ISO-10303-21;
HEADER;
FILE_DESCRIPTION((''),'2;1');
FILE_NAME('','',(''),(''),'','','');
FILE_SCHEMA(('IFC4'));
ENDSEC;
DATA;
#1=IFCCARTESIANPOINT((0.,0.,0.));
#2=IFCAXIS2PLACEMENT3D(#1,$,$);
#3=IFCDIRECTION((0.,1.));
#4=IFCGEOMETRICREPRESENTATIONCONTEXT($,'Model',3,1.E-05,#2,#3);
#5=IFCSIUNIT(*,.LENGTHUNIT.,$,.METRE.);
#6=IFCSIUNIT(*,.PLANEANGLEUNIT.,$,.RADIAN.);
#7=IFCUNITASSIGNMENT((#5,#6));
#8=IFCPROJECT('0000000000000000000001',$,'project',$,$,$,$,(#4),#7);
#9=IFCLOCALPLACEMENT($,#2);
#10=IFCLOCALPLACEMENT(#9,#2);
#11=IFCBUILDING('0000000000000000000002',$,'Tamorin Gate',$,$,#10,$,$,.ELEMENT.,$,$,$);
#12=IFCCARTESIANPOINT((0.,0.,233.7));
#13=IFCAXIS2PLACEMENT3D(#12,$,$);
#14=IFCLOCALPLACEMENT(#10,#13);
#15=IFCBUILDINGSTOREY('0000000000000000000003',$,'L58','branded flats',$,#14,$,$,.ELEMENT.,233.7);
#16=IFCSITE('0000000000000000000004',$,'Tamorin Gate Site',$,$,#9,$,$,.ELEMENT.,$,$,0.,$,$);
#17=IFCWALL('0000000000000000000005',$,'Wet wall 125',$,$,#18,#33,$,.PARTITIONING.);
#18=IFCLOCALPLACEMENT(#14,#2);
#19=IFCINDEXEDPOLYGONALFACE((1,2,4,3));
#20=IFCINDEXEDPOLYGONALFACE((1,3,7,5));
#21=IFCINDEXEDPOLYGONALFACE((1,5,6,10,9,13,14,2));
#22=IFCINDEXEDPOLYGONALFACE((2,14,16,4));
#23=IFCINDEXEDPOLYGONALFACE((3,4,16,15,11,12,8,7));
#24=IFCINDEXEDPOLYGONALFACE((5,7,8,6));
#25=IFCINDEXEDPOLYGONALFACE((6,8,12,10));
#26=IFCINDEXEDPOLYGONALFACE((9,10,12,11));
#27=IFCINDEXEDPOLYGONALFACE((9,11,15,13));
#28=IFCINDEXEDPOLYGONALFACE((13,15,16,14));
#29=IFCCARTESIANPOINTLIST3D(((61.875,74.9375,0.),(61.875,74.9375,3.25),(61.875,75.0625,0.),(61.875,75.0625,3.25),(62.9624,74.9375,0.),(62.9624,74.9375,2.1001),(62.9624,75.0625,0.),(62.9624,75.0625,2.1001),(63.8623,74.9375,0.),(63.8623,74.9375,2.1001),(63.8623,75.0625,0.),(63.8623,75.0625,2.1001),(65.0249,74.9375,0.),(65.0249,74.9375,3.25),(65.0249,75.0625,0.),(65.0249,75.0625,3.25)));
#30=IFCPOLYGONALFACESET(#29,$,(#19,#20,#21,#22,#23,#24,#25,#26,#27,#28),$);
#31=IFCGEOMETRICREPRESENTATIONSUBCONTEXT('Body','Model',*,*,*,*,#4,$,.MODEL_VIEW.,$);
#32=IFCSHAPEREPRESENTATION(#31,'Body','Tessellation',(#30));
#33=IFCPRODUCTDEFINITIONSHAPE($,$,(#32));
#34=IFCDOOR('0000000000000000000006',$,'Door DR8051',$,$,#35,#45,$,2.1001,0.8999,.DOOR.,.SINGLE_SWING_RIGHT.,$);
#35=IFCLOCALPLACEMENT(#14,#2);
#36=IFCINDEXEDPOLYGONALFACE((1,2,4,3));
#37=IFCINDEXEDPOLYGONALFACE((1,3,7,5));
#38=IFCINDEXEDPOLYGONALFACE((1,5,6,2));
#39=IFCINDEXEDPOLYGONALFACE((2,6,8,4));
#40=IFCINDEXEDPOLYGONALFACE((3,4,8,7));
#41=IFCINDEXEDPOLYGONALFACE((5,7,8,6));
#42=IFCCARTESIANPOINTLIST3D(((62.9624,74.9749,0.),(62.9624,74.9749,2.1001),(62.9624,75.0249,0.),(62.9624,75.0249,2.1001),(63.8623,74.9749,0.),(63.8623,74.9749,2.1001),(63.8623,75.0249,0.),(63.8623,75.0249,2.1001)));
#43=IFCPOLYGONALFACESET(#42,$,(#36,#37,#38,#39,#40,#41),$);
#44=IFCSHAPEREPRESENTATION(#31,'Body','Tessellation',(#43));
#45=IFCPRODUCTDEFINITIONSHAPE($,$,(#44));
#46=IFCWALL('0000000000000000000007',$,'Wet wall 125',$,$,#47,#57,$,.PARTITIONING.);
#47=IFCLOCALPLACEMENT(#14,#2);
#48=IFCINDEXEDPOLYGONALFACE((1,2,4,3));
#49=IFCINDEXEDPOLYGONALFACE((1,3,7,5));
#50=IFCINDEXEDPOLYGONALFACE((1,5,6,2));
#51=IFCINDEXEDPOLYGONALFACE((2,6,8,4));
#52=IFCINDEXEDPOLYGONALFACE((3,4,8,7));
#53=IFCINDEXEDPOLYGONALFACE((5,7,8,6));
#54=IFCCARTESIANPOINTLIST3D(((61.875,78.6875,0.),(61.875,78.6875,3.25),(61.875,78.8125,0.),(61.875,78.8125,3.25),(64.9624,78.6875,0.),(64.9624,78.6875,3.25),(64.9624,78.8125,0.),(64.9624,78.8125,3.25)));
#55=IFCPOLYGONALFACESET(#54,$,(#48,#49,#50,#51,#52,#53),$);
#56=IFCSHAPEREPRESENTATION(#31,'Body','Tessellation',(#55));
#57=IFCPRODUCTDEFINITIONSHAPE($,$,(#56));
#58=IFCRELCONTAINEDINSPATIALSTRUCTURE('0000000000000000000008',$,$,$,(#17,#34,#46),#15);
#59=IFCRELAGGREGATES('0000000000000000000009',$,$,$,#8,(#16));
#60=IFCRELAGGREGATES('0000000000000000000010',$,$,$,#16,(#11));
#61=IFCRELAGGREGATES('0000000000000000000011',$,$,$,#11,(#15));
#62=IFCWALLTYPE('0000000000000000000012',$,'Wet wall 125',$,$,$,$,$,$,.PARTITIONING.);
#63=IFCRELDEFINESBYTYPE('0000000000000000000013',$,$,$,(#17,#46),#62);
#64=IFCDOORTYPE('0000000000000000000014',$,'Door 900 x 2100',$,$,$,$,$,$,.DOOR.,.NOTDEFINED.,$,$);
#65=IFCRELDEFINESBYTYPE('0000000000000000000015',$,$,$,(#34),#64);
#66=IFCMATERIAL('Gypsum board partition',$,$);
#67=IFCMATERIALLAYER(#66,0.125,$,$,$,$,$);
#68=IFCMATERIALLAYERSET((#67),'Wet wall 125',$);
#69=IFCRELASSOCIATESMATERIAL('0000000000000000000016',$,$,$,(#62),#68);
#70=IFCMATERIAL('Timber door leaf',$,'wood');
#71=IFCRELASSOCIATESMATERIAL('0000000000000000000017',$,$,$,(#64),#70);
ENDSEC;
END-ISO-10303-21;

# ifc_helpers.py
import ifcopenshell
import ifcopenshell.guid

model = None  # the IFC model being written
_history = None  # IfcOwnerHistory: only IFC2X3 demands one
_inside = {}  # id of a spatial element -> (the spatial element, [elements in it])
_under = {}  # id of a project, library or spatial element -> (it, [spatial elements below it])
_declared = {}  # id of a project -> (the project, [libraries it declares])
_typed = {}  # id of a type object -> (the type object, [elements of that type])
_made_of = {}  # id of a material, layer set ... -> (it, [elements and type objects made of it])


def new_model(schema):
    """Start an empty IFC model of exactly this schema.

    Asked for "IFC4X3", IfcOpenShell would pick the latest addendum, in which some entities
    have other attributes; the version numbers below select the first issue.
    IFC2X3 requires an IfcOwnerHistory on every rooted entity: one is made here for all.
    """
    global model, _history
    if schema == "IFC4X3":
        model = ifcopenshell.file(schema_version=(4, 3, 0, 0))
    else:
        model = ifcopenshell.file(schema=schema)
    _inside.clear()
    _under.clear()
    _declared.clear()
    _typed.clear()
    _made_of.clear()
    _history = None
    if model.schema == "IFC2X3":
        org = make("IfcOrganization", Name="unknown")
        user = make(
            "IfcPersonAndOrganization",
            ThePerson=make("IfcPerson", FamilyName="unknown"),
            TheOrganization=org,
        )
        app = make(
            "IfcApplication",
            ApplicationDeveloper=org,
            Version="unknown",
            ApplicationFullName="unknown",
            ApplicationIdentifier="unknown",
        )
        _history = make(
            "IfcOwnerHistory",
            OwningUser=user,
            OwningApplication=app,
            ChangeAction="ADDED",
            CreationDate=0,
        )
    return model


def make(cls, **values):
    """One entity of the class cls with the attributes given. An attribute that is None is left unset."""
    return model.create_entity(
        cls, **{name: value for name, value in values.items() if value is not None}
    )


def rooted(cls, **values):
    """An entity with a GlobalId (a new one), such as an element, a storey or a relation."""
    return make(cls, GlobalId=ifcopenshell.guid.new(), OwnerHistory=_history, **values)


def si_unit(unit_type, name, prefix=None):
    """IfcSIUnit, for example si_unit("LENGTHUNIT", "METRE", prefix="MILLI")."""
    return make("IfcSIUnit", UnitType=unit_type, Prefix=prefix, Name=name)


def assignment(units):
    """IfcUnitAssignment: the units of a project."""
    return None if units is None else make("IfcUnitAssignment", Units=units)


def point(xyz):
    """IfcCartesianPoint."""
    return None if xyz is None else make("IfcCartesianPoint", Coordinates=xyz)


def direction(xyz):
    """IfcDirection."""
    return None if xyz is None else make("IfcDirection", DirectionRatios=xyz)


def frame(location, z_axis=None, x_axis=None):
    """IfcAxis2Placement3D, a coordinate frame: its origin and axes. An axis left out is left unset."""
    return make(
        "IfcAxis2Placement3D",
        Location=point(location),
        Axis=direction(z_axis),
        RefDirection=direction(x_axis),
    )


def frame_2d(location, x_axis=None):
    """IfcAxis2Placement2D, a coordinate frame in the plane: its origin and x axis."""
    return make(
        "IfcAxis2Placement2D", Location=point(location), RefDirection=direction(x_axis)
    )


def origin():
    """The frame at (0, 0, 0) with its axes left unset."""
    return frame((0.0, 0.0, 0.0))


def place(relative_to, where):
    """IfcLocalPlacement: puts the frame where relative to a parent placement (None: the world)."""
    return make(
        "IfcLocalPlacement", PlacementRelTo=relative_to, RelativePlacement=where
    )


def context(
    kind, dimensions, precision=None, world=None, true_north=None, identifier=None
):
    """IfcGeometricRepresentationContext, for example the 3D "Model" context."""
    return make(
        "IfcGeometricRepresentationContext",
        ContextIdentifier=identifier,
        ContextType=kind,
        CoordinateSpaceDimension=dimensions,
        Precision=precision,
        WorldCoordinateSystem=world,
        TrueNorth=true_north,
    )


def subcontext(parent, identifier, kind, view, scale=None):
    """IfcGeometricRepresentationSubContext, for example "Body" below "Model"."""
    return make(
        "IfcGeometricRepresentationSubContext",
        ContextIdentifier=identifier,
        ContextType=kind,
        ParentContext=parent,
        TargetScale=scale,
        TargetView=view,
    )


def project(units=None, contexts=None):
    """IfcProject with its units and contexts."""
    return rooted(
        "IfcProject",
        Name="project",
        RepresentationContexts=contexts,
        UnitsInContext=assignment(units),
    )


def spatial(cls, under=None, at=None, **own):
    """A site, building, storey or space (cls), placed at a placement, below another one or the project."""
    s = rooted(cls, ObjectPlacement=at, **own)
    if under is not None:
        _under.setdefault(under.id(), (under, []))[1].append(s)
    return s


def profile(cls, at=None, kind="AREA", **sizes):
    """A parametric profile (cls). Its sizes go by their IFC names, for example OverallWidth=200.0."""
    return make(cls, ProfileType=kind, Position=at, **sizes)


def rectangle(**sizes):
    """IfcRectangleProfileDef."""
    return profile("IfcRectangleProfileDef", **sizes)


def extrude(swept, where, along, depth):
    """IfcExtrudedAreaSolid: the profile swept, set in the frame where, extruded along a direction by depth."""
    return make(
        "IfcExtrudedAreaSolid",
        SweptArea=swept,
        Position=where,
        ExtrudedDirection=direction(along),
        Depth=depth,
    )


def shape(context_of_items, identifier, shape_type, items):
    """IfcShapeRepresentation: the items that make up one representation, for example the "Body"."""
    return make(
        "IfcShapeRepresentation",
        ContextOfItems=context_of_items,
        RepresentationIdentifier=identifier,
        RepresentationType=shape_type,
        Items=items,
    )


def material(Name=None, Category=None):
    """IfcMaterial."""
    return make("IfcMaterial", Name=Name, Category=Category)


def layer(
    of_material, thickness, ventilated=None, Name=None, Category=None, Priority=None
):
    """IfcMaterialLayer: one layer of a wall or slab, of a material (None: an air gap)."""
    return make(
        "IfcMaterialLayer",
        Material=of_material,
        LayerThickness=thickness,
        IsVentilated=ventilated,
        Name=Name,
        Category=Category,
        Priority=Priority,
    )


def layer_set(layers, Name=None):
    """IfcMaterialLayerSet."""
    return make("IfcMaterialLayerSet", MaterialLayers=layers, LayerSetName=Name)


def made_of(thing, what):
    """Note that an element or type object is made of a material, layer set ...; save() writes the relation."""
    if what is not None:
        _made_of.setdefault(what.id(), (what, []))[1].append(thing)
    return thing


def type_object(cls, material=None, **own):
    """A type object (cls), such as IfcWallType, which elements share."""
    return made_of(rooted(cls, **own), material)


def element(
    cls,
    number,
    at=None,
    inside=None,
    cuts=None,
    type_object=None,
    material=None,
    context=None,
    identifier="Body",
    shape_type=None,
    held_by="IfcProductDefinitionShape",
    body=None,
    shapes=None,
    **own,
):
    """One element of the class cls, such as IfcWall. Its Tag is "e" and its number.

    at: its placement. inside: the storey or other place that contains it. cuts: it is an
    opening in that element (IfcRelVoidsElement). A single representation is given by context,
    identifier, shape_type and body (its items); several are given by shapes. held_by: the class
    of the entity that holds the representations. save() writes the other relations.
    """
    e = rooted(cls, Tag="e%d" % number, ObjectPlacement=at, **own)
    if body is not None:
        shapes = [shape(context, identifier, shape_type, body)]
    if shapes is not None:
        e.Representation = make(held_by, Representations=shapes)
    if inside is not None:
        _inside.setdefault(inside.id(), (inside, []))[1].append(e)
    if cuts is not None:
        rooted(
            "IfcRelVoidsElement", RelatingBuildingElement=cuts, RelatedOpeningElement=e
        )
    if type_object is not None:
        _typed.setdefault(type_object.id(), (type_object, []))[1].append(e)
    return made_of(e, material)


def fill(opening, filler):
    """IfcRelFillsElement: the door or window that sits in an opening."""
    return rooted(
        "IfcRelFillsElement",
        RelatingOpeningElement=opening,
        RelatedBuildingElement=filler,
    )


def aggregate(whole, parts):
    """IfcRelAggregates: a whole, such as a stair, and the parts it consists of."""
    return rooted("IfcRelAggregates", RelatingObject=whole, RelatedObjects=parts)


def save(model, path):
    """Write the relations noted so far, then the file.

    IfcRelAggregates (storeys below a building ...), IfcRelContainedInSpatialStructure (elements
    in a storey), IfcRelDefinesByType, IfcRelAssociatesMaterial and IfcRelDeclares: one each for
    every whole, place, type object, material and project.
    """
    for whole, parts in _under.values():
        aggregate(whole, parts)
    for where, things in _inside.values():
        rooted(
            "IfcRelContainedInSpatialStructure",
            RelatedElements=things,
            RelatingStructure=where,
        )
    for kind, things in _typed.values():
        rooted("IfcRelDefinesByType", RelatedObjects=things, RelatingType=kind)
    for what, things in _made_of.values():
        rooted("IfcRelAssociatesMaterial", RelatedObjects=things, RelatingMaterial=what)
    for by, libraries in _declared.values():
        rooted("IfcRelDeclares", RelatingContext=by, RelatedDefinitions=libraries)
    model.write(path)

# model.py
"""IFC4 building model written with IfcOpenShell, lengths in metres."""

from ifc_helpers import new_model, si_unit, direction, frame, frame_2d, origin, place, context, subcontext, project, spatial, rectangle, extrude, material, layer, layer_set, type_object, element, fill, save


model = new_model("IFC4")

# Units and contexts
model_context = context("Model", 3, precision=1e-05, world=origin(), true_north=direction((0.0, 1.0)))
body_context = subcontext(model_context, "Body", "Model", "MODEL_VIEW")
ifc_project = project(units=[si_unit("LENGTHUNIT", "METRE"), si_unit("PLANEANGLEUNIT", "RADIAN")], contexts=[model_context])

# Site, building, storey
site_placement = place(None, origin())
site = spatial("IfcSite", under=ifc_project, at=site_placement, Name="Tamorin Gate Site", CompositionType="ELEMENT", RefElevation=0.0)
building_placement = place(site_placement, origin())
building = spatial("IfcBuilding", under=site, at=building_placement, Name="Tamorin Gate", CompositionType="ELEMENT")
storey_placement = place(building_placement, frame((0.0, 0.0, 233.7)))
storey = spatial("IfcBuildingStorey", under=building, at=storey_placement, Name="L58", Description="branded flats", CompositionType="ELEMENT", Elevation=233.7)

# Shared definitions
ifc_material_1 = material(Name="Gypsum board partition")

# Shared definitions
ifc_layer_1 = layer(ifc_material_1, 0.125)
ifc_layer_set_1 = layer_set([ifc_layer_1], Name="Wet wall 125")
wall_type_1 = type_object("IfcWallType", Name="Wet wall 125", PredefinedType="PARTITIONING", material=ifc_layer_set_1)

# Wall, opening, door
wall_1_placement = place(storey_placement, frame((61.875, 75.0, 0.0), z_axis=(0.0, 0.0, 1.0), x_axis=(1.0, 0.0, 0.0)))
wall_1 = element("IfcWall", 1, at=wall_1_placement, inside=storey, type_object=wall_type_1, Name="Wet wall 125", PredefinedType="PARTITIONING", context=body_context, shape_type="SweptSolid", body=[
    extrude(rectangle(XDim=3.1499, YDim=0.125, at=frame_2d((1.575, 0.0))), origin(), (0.0, 0.0, 1.0), 3.25),
])
opening_1_placement = place(wall_1_placement, frame((1.0874, 0.0, 0.0)))
opening_1 = element("IfcOpeningElement", 2, at=opening_1_placement, cuts=wall_1, PredefinedType="OPENING", context=body_context, shape_type="SweptSolid", body=[
    extrude(rectangle(XDim=0.8999, YDim=2.1001, at=frame_2d((0.45, 1.05))), frame((0.0, 0.0725, 0.0), z_axis=(0.0, -1.0, 0.0), x_axis=(1.0, 0.0, 0.0)), (0.0, 0.0, 1.0), 0.145),
])
ifc_material_2 = material(Name="Timber door leaf", Category="wood")
door_type_1 = type_object("IfcDoorType", Name="Door 900 x 2100", OperationType="NOTDEFINED", PredefinedType="DOOR", material=ifc_material_2)
door_1_placement = place(opening_1_placement, origin())
door_1 = element("IfcDoor", 3, at=door_1_placement, inside=storey, type_object=door_type_1, Name="Door DR8051", OperationType="SINGLE_SWING_RIGHT", OverallHeight=2.1001, OverallWidth=0.8999, PredefinedType="DOOR", context=body_context, shape_type="SweptSolid", body=[
    extrude(rectangle(XDim=0.8999, YDim=2.1001, at=frame_2d((0.45, 1.05))), frame((0.0, 0.0249, 0.0), z_axis=(0.0, -1.0, 0.0), x_axis=(1.0, 0.0, 0.0)), (0.0, 0.0, 1.0), 0.05),
])
fill(opening_1, door_1)

# Wall
wall_2_placement = place(storey_placement, frame((61.875, 78.75, 0.0), z_axis=(0.0, 0.0, 1.0), x_axis=(1.0, 0.0, 0.0)))
element("IfcWall", 4, at=wall_2_placement, inside=storey, type_object=wall_type_1, Name="Wet wall 125", PredefinedType="PARTITIONING", context=body_context, shape_type="SweptSolid", body=[
    extrude(rectangle(XDim=3.0874, YDim=0.125, at=frame_2d((1.5437, 0.0))), origin(), (0.0, 0.0, 1.0), 3.25),
])

save(model, "model.ifc")
